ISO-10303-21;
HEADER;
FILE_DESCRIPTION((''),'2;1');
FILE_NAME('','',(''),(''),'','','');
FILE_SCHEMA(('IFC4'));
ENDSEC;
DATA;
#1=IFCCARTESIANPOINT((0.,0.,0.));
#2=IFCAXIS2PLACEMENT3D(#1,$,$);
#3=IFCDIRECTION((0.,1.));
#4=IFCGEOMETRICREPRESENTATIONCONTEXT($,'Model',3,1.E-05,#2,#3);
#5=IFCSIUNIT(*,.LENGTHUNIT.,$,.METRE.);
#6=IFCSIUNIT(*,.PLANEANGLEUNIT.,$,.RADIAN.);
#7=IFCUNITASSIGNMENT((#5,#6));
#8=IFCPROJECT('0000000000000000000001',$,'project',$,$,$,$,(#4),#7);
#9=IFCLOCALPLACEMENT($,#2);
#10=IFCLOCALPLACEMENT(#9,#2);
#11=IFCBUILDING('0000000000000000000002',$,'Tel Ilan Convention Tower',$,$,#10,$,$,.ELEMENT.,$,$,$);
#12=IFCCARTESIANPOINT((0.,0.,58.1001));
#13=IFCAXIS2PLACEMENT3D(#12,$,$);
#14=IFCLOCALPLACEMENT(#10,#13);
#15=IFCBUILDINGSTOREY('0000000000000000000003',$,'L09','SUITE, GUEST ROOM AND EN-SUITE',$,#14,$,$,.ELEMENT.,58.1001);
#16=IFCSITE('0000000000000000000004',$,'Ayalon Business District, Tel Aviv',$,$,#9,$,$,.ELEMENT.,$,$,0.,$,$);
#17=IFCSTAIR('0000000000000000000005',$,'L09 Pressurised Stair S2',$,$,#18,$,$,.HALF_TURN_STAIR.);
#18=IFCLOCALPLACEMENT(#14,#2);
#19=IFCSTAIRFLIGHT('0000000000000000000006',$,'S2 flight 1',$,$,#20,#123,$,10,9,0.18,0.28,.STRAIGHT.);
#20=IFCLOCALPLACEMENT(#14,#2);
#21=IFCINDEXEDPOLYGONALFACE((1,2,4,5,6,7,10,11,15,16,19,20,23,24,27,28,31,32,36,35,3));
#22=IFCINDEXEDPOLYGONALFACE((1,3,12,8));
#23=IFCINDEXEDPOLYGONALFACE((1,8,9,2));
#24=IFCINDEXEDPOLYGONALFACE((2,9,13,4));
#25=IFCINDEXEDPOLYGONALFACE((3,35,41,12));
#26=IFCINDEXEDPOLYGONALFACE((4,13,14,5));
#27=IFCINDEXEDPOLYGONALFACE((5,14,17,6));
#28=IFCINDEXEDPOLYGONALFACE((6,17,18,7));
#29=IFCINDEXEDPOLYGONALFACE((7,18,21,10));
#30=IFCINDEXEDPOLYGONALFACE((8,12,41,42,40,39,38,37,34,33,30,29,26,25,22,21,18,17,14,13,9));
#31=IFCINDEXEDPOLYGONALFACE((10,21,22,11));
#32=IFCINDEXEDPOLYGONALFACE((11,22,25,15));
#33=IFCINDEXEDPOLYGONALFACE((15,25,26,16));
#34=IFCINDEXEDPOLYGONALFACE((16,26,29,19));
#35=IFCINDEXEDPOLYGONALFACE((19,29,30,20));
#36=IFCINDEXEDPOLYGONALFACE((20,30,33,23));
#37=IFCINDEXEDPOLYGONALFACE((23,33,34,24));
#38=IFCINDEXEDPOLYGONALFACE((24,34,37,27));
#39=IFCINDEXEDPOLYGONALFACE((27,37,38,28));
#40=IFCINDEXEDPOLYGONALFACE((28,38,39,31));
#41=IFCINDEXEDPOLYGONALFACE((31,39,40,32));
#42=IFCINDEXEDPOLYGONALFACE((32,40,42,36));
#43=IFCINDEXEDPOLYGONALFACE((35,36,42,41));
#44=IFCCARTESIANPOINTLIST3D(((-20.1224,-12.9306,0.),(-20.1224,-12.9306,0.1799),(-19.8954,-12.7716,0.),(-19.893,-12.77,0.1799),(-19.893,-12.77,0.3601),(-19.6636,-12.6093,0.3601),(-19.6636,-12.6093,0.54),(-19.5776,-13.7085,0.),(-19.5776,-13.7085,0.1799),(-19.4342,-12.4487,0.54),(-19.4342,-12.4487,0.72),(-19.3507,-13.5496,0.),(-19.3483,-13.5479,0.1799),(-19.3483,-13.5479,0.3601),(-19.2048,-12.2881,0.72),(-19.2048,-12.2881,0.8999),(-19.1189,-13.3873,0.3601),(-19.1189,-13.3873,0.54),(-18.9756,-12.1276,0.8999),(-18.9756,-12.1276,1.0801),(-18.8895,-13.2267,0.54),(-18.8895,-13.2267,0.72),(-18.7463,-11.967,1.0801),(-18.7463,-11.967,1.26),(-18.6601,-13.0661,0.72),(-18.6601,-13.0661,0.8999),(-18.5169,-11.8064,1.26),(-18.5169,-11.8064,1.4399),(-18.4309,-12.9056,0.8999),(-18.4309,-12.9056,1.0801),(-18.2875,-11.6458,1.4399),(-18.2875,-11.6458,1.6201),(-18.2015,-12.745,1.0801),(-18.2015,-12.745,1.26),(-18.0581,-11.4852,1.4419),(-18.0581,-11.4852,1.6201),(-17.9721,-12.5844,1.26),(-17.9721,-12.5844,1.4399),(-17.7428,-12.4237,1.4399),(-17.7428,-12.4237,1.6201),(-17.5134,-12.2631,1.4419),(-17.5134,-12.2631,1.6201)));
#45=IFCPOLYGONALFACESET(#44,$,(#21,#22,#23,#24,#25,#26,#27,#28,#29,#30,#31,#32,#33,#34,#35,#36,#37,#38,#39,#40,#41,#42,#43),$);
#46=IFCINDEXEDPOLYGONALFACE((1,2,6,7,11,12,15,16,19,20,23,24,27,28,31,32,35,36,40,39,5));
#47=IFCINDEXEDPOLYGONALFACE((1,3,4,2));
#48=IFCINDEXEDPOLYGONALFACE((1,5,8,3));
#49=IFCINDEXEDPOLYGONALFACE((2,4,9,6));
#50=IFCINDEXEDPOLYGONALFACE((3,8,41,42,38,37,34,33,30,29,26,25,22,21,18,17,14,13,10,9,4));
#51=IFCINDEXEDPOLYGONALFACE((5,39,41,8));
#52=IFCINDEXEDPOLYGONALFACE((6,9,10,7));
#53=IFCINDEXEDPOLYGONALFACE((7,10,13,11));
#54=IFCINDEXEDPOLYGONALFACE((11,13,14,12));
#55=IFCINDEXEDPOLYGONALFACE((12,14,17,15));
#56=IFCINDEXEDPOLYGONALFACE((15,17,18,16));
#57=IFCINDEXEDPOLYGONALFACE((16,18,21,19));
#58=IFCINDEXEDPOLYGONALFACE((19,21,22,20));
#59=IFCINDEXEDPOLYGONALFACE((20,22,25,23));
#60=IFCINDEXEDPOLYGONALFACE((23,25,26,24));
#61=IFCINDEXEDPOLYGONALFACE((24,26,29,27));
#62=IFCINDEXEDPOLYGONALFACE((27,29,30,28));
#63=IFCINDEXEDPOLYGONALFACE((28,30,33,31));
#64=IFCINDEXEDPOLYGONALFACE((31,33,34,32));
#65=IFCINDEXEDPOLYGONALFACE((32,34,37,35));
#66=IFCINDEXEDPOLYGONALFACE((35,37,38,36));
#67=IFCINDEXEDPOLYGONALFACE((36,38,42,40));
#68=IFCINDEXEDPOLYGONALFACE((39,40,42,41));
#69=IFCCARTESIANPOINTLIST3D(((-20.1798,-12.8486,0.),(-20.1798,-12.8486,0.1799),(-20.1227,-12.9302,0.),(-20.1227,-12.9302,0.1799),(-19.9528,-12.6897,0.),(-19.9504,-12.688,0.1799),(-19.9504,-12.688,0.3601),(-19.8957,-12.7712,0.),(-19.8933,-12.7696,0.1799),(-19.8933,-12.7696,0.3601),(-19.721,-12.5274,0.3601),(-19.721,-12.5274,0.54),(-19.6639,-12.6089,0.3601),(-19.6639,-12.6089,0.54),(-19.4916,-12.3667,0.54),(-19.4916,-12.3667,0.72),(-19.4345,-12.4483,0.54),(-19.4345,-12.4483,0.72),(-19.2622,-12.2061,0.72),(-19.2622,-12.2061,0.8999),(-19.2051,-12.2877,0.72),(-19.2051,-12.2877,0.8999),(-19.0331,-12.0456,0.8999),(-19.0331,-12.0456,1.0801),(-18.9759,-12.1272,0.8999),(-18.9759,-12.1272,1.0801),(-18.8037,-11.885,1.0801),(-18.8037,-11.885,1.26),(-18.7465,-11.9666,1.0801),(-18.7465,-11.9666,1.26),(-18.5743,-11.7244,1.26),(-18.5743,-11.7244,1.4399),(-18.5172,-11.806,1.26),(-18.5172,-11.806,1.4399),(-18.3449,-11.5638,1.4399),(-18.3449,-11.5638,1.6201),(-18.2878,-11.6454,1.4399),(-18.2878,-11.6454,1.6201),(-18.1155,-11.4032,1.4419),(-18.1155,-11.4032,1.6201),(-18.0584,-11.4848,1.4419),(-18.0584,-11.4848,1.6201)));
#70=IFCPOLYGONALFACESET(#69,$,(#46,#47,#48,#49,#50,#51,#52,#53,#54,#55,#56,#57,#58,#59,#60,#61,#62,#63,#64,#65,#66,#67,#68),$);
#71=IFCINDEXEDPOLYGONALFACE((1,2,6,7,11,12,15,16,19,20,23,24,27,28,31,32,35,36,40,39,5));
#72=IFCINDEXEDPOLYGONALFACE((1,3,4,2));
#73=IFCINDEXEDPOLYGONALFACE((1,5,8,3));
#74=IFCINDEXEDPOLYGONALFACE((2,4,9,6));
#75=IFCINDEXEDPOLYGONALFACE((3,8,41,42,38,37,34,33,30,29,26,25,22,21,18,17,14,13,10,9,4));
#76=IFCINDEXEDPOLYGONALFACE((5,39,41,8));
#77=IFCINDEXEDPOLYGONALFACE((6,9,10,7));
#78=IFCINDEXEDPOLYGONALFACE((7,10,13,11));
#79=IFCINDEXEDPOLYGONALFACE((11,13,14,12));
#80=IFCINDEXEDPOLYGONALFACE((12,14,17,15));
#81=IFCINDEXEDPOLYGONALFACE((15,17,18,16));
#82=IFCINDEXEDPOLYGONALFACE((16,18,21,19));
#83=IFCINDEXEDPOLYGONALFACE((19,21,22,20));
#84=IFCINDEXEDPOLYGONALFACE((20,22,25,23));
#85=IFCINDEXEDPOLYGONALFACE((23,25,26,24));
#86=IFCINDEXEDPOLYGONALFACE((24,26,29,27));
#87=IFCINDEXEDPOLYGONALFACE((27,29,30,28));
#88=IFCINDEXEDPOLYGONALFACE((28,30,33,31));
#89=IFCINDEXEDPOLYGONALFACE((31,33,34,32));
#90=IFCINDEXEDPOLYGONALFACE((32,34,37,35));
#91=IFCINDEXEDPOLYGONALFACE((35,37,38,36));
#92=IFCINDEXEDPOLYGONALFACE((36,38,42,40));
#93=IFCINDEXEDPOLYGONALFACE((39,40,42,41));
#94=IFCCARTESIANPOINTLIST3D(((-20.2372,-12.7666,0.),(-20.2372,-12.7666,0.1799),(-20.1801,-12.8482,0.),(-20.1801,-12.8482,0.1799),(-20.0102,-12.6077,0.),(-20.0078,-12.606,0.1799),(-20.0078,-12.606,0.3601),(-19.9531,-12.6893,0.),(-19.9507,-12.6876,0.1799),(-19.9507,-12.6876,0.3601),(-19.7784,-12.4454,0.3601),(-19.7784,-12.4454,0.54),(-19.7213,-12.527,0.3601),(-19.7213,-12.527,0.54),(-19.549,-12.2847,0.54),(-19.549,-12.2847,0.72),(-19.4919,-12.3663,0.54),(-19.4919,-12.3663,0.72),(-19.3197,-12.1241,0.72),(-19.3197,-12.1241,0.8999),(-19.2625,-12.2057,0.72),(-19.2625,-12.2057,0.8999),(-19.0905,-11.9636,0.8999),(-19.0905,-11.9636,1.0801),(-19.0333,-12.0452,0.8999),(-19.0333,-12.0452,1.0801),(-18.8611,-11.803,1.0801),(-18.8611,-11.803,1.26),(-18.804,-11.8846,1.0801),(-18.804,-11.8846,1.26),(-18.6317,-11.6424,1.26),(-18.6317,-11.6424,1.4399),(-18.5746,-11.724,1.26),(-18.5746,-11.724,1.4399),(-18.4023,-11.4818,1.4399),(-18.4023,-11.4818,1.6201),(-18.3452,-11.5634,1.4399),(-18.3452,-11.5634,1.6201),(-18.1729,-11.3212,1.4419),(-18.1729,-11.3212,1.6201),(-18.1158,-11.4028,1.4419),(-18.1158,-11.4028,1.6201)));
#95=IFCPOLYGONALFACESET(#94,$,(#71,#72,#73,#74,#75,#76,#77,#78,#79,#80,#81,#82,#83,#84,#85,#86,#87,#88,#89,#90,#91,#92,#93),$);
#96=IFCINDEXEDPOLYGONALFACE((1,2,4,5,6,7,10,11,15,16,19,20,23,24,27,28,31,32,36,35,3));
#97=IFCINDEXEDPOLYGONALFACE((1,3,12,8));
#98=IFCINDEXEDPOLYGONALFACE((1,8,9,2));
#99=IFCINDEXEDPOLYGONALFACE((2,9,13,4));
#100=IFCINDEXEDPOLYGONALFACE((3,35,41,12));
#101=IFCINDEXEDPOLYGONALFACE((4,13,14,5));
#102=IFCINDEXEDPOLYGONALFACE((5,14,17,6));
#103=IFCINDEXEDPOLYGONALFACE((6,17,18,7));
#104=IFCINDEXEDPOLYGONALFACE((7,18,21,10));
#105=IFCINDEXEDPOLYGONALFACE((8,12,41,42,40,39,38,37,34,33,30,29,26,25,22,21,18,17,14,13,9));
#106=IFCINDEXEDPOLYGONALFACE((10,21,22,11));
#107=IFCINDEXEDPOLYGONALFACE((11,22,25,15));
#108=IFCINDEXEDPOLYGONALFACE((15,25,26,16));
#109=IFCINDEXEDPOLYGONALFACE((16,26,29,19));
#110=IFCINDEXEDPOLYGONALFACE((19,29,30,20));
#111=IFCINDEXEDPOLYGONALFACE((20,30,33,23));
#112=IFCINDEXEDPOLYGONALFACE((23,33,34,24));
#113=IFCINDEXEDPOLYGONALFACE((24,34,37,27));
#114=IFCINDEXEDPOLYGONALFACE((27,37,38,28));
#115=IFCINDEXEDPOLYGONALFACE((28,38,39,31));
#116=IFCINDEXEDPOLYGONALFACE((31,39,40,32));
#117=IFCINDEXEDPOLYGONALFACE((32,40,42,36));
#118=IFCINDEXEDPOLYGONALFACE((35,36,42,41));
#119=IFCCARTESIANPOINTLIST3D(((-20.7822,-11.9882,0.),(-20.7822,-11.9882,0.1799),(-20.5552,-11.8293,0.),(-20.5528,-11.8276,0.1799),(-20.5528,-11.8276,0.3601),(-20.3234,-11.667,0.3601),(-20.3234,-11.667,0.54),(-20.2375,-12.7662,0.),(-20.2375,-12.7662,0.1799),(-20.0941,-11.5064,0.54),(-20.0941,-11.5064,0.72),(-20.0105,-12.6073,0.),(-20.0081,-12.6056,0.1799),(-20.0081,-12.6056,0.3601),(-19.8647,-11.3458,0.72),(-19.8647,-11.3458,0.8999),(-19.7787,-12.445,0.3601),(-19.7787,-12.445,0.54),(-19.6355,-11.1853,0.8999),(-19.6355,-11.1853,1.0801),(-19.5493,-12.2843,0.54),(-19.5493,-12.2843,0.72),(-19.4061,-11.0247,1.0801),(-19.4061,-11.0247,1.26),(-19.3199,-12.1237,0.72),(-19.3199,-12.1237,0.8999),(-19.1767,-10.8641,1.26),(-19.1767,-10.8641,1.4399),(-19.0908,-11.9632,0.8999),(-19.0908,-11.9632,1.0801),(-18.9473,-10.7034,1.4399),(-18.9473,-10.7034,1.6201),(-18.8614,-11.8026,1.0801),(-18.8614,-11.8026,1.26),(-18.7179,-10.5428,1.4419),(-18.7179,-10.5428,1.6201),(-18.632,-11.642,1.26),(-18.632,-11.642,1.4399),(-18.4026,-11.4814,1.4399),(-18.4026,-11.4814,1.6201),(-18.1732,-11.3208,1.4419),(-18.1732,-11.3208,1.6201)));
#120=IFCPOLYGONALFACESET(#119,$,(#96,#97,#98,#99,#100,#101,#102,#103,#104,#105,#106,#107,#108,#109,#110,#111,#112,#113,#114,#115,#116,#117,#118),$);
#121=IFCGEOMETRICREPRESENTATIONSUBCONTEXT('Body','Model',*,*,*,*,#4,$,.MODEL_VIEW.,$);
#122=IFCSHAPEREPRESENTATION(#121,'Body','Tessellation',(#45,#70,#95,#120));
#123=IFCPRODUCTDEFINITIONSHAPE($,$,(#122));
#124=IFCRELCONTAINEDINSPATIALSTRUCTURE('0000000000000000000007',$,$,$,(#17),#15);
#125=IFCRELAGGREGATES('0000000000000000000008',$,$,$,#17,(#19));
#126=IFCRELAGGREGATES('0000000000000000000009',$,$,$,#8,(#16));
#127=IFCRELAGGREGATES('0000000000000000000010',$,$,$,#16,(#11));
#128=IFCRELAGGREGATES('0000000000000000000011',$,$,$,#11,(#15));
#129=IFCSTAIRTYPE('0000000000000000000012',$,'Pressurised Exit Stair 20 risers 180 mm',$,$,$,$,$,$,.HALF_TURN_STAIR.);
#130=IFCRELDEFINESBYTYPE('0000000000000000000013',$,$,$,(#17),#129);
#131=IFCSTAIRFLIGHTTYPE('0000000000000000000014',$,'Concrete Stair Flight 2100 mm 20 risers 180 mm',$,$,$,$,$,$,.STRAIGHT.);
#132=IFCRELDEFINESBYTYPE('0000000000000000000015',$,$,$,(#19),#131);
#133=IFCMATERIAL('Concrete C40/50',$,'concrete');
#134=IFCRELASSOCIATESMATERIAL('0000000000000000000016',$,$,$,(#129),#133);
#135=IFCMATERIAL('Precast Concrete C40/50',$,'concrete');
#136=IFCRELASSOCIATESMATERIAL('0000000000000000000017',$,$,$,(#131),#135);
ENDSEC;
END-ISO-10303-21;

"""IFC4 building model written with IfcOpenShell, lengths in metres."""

from ifc_helpers import new_model, si_unit, direction, frame, origin, place, context, subcontext, project, spatial, polyline, outline, extrude, material, type_object, element, aggregate, save


model = new_model("IFC4")

# Units and contexts
model_context = context("Model", 3, precision=1e-05, world=origin(), true_north=direction((0.0, 1.0)))
body_context = subcontext(model_context, "Body", "Model", "MODEL_VIEW")
ifc_project = project(units=[si_unit("LENGTHUNIT", "METRE"), si_unit("PLANEANGLEUNIT", "RADIAN")], contexts=[model_context])

# Site, building, storey
site_placement = place(None, origin())
site = spatial("IfcSite", under=ifc_project, at=site_placement, Name="Ayalon Business District, Tel Aviv", CompositionType="ELEMENT", RefElevation=0.0)
building_placement = place(site_placement, origin())
building = spatial("IfcBuilding", under=site, at=building_placement, Name="Tel Ilan Convention Tower", CompositionType="ELEMENT")
storey_placement = place(building_placement, frame((0.0, 0.0, 58.1001)))
storey = spatial("IfcBuildingStorey", under=building, at=storey_placement, Name="L09", Description="SUITE, GUEST ROOM AND EN-SUITE", CompositionType="ELEMENT", Elevation=58.1001)

# Shared definitions
ifc_material_1 = material(Name="Concrete C40/50", Category="concrete")
stair_type = type_object("IfcStairType", Name="Pressurised Exit Stair 20 risers 180 mm", PredefinedType="HALF_TURN_STAIR", material=ifc_material_1)
ifc_material_2 = material(Name="Precast Concrete C40/50", Category="concrete")
stair_flight_type = type_object("IfcStairFlightType", Name="Concrete Stair Flight 2100 mm 20 risers 180 mm", PredefinedType="STRAIGHT", material=ifc_material_2)

# Stair, stair flight
stair_1_placement = place(storey_placement, origin())
stair_1 = element("IfcStair", 1, at=stair_1_placement, inside=storey, type_object=stair_type, Name="L09 Pressurised Stair S2", PredefinedType="HALF_TURN_STAIR")
stair_flight_1_placement = place(storey_placement, frame((-20.1799, -12.8484, 0.0), z_axis=(0.0, 0.0, 1.0), x_axis=(0.819152, 0.573576, 0.0)))
stair_flight_1 = element("IfcStairFlight", 2, at=stair_flight_1_placement, type_object=stair_flight_type, Name="S2 flight 1", NumberOfRisers=10, NumberOfTreads=9, PredefinedType="STRAIGHT", RiserHeight=0.18, TreadLength=0.28, context=body_context, shape_type="SweptSolid", body=[
    extrude(outline(polyline([(0.0, 0.0), (0.0, 0.1799), (0.28, 0.1799), (0.28, 0.3601), (0.5601, 0.3601), (0.5601, 0.54), (0.8401, 0.54), (0.8401, 0.72), (1.1201, 0.72), (1.1201, 0.8999), (1.3999, 0.8999), (1.3999, 1.0801), (1.6799, 1.0801), (1.6799, 1.26), (1.96, 1.26), (1.96, 1.4399), (2.24, 1.4399), (2.24, 1.6201), (2.52, 1.6201), (2.52, 1.8), (2.52, 1.4419), (0.2771, 0.0), (0.0, 0.0)])), frame((0.0, -0.1003, 0.0), z_axis=(0.0, -1.0, 0.0), x_axis=(1.0, 0.0, 0.0)), (0.0, 0.0, 1.0), 0.9497),
    extrude(outline(polyline([(0.0, 0.0), (0.0, 0.1799), (0.28, 0.1799), (0.28, 0.3601), (0.5601, 0.3601), (0.5601, 0.54), (0.8401, 0.54), (0.8401, 0.72), (1.1201, 0.72), (1.1201, 0.8999), (1.3999, 0.8999), (1.3999, 1.0801), (1.6799, 1.0801), (1.6799, 1.26), (1.96, 1.26), (1.96, 1.4399), (2.24, 1.4399), (2.24, 1.6201), (2.52, 1.6201), (2.52, 1.8), (2.52, 1.4419), (0.2771, 0.0), (0.0, 0.0)])), frame((0.0, -0.0002, 0.0), z_axis=(0.0, -1.0, 0.0), x_axis=(1.0, 0.0, 0.0)), (0.0, 0.0, 1.0), 0.0996),
    extrude(outline(polyline([(0.0, 0.0), (0.0, 0.1799), (0.28, 0.1799), (0.28, 0.3601), (0.5601, 0.3601), (0.5601, 0.54), (0.8401, 0.54), (0.8401, 0.72), (1.1201, 0.72), (1.1201, 0.8999), (1.3999, 0.8999), (1.3999, 1.0801), (1.6799, 1.0801), (1.6799, 1.26), (1.96, 1.26), (1.96, 1.4399), (2.24, 1.4399), (2.24, 1.6201), (2.52, 1.6201), (2.52, 1.8), (2.52, 1.4419), (0.2771, 0.0), (0.0, 0.0)])), frame((0.0, 0.0999, 0.0), z_axis=(0.0, -1.0, 0.0), x_axis=(1.0, 0.0, 0.0)), (0.0, 0.0, 1.0), 0.0996),
    extrude(outline(polyline([(0.0, 0.0), (0.0, 0.1799), (0.28, 0.1799), (0.28, 0.3601), (0.5601, 0.3601), (0.5601, 0.54), (0.8401, 0.54), (0.8401, 0.72), (1.1201, 0.72), (1.1201, 0.8999), (1.3999, 0.8999), (1.3999, 1.0801), (1.6799, 1.0801), (1.6799, 1.26), (1.96, 1.26), (1.96, 1.4399), (2.24, 1.4399), (2.24, 1.6201), (2.52, 1.6201), (2.52, 1.8), (2.52, 1.4419), (0.2771, 0.0), (0.0, 0.0)])), frame((0.0, 1.05, 0.0), z_axis=(0.0, -1.0, 0.0), x_axis=(1.0, 0.0, 0.0)), (0.0, 0.0, 1.0), 0.9497),
])
aggregate(stair_1, [stair_flight_1])

save(model, "model.ifc")
